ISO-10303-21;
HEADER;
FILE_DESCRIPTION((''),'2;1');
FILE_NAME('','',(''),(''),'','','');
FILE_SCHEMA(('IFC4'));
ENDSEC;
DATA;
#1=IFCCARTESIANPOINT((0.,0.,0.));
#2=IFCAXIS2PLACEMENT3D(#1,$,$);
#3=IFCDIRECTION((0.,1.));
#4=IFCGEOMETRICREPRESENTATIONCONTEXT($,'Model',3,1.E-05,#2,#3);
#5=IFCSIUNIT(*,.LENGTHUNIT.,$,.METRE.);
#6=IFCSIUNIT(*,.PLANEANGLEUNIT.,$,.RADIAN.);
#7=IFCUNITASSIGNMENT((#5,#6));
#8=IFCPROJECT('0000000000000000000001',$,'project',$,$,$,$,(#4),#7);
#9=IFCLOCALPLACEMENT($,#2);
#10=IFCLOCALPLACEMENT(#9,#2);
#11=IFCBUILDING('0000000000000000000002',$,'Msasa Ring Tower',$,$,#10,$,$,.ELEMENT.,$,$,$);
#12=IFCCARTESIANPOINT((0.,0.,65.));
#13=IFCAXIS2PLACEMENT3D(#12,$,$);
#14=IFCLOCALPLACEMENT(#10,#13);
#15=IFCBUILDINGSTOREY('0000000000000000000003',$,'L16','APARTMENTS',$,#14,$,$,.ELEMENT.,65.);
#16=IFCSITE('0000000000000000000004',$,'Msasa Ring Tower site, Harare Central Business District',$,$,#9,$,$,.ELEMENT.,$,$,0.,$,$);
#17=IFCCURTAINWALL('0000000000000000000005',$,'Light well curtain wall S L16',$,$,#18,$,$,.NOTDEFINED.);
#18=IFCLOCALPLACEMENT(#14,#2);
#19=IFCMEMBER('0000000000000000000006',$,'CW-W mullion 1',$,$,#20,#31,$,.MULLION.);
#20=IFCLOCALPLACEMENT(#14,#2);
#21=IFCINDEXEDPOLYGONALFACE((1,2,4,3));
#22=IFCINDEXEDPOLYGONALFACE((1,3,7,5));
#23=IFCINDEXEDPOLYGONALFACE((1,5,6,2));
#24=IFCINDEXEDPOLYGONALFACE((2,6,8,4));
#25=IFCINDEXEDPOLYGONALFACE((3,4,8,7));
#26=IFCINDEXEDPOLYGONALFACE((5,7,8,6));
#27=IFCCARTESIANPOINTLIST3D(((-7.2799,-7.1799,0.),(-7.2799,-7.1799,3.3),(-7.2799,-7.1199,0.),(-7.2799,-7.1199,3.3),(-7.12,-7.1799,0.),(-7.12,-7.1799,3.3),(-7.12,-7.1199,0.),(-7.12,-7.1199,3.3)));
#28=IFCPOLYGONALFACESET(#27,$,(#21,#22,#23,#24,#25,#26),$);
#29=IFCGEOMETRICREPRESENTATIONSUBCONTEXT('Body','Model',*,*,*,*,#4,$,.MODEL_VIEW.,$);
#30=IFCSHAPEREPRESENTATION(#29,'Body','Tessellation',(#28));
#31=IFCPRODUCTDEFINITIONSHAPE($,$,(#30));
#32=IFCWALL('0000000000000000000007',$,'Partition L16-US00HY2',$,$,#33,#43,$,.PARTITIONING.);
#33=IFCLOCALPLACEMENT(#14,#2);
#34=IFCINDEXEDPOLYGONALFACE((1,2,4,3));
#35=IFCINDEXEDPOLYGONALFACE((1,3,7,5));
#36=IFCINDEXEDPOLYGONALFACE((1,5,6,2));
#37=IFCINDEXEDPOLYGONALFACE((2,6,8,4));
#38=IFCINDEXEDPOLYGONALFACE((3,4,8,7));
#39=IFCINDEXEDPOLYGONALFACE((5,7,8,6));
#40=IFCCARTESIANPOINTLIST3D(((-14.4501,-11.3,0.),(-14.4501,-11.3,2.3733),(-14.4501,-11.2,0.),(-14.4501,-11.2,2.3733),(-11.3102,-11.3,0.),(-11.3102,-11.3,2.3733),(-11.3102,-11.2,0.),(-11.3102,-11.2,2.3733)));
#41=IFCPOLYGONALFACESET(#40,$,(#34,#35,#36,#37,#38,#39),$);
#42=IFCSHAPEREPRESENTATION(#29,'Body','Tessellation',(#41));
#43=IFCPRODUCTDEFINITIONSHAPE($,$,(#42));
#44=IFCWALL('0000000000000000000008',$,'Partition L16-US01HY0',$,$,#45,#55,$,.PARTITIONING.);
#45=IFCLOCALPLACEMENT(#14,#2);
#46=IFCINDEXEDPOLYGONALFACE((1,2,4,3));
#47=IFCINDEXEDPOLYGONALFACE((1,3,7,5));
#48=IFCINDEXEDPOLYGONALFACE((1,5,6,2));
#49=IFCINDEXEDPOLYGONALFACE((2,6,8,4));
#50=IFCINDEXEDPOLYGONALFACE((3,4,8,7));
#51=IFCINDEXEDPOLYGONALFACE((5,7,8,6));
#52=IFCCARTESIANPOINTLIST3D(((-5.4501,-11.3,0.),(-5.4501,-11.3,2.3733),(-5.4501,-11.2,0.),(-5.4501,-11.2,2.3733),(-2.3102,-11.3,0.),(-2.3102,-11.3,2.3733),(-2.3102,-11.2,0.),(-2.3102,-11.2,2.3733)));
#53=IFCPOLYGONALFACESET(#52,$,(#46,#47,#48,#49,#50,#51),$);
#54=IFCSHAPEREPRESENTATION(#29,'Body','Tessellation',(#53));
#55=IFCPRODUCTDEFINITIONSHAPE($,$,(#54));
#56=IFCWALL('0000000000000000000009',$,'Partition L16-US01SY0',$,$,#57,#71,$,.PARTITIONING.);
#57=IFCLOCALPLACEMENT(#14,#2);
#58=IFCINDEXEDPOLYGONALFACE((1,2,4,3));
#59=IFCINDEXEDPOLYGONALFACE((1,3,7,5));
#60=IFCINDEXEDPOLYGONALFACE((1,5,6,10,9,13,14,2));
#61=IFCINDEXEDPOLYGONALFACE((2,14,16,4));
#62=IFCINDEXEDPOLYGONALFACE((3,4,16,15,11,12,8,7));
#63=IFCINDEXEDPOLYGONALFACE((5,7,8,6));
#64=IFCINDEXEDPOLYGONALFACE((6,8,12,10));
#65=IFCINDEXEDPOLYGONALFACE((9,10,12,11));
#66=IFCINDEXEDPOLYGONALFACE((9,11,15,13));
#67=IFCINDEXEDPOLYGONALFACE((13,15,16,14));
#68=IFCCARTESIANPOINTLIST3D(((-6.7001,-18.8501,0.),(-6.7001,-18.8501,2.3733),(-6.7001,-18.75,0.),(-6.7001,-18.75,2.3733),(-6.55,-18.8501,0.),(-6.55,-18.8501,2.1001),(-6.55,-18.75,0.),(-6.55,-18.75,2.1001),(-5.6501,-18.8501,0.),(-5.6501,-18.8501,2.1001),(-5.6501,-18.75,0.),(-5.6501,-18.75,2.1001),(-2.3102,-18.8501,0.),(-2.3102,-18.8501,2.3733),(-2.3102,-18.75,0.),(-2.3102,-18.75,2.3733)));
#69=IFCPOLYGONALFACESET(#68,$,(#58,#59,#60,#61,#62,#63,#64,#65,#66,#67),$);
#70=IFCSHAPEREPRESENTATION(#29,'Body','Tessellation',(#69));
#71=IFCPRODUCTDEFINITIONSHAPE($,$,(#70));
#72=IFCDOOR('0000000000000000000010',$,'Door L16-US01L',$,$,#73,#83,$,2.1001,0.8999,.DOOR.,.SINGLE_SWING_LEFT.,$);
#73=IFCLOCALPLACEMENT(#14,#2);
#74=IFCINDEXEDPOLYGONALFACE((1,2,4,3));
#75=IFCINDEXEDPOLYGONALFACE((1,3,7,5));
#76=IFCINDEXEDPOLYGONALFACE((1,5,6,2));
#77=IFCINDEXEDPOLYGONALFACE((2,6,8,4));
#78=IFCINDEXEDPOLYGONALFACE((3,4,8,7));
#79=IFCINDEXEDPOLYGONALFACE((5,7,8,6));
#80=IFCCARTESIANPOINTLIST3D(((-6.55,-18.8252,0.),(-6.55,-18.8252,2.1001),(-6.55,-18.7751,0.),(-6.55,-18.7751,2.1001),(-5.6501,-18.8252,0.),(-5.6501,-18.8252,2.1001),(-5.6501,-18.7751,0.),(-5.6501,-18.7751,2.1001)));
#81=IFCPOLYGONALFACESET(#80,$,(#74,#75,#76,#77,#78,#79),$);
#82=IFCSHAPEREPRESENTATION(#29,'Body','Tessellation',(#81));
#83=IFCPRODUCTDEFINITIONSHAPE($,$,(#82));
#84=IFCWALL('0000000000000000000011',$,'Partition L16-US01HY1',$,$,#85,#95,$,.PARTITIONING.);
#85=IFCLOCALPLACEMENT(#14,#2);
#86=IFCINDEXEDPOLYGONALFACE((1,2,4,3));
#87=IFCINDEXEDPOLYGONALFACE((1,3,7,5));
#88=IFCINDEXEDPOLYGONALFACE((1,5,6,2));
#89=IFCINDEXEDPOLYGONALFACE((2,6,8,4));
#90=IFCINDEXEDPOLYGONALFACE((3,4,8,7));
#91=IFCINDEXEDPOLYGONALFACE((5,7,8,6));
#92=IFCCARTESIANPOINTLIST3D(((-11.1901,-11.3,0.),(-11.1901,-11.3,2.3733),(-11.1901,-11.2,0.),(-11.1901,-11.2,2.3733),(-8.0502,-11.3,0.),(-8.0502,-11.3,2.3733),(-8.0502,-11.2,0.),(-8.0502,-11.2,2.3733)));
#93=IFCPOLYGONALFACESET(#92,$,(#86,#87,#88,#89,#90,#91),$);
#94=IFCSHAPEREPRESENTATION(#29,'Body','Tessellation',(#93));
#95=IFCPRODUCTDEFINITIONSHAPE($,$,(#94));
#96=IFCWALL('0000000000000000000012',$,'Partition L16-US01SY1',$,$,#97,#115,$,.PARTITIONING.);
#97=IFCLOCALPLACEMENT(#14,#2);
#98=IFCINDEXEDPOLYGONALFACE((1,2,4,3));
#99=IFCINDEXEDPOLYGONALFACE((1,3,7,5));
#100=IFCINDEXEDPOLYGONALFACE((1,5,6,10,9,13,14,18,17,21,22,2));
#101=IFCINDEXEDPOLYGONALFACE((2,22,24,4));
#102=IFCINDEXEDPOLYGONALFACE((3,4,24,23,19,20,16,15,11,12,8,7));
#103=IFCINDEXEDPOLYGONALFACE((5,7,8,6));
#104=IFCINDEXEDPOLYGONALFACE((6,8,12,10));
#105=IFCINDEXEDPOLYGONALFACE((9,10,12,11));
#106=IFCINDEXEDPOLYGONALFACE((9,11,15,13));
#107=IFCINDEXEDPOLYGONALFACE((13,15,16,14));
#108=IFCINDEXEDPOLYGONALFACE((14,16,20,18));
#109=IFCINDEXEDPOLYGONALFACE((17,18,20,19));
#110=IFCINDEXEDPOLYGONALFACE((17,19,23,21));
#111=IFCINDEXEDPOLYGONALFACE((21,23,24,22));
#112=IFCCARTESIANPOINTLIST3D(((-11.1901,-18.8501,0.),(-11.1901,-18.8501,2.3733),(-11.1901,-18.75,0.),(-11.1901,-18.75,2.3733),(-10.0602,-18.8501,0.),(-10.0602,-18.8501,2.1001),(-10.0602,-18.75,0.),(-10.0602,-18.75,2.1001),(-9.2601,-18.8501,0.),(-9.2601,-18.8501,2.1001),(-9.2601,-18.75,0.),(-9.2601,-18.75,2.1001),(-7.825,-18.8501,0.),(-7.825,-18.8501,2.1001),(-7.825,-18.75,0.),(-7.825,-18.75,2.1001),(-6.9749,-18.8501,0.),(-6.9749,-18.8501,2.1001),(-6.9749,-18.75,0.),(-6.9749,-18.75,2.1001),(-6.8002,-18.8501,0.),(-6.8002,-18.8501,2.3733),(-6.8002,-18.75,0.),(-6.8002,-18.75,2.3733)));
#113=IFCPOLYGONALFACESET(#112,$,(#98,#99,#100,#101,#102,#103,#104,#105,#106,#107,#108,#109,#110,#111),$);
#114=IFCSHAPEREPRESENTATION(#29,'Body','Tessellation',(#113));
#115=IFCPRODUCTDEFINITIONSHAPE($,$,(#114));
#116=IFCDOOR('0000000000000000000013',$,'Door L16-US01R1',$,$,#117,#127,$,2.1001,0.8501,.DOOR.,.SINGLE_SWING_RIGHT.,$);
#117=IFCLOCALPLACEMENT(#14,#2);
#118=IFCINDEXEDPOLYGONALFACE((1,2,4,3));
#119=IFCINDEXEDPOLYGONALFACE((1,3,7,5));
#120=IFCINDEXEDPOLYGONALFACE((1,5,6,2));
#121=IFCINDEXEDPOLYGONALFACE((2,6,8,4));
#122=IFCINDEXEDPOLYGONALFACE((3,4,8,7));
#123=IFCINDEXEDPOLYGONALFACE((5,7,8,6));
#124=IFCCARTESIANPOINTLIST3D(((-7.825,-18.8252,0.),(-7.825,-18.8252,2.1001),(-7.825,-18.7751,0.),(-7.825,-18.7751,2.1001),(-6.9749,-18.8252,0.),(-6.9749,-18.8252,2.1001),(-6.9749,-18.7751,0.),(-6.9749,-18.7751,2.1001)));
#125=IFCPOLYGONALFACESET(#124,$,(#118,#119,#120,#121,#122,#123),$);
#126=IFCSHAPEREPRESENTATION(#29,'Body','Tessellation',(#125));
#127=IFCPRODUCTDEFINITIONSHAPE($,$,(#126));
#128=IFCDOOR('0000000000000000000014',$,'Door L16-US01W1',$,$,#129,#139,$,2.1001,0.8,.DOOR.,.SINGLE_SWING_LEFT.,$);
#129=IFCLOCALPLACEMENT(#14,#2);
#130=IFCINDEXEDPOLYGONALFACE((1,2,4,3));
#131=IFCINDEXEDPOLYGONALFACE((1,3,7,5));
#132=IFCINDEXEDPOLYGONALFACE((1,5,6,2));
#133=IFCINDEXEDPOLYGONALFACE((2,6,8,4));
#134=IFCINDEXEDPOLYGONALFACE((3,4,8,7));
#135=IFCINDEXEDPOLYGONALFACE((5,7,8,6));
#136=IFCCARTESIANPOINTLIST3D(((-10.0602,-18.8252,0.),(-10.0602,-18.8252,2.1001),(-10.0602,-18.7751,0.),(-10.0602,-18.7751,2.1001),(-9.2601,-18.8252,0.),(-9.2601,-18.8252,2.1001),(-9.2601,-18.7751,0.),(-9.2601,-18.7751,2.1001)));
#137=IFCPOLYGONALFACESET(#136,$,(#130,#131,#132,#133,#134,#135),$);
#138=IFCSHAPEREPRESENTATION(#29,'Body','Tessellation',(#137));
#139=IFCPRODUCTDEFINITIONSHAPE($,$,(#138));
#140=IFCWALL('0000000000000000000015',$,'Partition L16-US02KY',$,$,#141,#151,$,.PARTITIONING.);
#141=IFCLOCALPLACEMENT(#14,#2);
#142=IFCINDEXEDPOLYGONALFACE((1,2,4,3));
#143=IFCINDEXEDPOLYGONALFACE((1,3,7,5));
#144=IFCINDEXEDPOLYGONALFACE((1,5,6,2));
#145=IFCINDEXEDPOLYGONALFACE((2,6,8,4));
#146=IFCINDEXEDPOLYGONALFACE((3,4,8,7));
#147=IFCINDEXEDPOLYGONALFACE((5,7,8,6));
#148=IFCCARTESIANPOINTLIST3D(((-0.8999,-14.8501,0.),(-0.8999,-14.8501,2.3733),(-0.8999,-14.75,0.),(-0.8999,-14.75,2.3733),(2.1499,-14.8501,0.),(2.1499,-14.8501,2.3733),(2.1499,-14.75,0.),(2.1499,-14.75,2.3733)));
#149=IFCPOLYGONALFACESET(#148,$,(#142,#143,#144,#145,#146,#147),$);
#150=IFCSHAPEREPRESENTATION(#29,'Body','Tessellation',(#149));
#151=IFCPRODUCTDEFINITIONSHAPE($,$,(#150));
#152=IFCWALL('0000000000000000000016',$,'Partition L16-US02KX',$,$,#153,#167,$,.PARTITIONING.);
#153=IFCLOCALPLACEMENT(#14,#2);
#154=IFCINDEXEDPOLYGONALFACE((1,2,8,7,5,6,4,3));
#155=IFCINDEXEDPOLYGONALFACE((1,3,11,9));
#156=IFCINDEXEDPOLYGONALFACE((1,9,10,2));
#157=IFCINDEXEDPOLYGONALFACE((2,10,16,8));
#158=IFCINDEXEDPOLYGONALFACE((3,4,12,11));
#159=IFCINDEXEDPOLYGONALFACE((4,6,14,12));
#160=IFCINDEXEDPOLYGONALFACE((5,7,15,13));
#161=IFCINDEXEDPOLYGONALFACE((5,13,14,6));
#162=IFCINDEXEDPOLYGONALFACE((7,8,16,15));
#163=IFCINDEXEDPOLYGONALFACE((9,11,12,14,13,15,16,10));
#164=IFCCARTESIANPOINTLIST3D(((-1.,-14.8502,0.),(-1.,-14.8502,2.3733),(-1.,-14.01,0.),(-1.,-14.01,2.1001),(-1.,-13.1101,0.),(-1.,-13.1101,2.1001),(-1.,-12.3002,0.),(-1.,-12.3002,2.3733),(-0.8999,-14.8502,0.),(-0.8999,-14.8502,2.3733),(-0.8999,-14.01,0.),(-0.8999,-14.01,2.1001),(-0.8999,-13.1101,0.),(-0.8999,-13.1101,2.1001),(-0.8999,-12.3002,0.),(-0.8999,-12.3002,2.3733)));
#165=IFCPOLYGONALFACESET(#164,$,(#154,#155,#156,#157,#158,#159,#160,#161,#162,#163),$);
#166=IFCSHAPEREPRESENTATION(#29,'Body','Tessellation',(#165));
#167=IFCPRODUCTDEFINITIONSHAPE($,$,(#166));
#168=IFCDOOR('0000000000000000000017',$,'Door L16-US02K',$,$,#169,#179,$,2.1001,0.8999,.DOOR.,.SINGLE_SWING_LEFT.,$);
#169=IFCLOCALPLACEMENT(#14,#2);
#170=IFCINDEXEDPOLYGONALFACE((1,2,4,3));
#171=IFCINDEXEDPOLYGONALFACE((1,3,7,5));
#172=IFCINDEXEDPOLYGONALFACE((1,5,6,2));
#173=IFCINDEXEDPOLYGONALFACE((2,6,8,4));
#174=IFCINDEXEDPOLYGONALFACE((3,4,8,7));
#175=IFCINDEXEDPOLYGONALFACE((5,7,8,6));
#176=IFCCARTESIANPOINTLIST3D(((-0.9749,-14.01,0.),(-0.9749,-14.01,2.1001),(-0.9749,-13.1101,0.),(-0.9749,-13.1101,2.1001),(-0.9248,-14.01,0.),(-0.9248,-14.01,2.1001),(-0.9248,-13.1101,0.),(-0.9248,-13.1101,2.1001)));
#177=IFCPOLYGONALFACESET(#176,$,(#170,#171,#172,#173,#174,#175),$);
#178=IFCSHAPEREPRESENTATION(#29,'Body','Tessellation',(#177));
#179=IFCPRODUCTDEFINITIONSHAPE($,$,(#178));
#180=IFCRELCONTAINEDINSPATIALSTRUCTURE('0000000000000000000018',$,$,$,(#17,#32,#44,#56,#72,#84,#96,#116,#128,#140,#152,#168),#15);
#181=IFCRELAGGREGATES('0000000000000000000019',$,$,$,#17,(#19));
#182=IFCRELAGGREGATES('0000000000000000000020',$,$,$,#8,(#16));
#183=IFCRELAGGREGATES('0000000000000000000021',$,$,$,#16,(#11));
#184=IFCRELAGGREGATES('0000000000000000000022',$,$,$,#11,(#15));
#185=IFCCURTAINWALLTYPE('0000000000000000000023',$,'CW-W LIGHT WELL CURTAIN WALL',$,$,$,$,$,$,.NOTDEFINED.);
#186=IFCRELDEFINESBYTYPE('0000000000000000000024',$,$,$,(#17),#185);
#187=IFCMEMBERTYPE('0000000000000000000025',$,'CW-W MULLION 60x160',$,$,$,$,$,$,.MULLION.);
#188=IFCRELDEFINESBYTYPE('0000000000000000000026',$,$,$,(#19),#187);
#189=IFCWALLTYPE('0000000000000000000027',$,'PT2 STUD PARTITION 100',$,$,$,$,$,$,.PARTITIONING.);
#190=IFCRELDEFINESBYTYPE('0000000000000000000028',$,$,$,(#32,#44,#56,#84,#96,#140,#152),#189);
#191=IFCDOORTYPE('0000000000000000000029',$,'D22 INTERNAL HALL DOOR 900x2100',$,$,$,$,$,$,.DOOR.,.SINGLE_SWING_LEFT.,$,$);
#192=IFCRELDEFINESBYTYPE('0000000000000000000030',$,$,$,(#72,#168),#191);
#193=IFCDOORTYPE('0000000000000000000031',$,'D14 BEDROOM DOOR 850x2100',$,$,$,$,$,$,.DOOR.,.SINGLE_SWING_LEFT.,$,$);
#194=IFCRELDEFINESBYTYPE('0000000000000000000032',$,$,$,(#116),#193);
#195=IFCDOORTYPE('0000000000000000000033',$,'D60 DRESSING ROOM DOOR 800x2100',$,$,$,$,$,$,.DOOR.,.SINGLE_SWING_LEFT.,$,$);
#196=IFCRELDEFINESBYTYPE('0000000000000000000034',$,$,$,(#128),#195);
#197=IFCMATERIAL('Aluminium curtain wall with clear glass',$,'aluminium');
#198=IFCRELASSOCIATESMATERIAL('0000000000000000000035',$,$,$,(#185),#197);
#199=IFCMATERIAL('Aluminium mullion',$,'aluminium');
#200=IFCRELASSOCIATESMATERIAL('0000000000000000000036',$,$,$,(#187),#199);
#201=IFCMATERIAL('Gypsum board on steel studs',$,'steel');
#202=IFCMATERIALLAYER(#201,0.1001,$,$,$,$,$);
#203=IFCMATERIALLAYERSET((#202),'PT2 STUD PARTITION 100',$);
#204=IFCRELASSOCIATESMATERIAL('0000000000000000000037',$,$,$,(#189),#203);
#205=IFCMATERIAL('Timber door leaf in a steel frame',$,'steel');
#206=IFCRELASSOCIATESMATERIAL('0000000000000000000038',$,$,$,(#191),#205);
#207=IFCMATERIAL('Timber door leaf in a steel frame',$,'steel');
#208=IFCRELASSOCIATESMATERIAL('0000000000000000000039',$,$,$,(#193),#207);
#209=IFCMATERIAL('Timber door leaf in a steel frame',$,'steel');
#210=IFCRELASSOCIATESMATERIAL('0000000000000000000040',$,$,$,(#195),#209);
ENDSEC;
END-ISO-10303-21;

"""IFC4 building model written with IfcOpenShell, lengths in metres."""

from ifc_helpers import new_model, si_unit, direction, frame, frame_2d, origin, origin_2d, place, context, subcontext, project, spatial, rectangle, extrude, material, layer, layer_set, material_profile, profile_set, type_object, element, fill, aggregate, save


model = new_model("IFC4")

# Units and contexts
model_context = context("Model", 3, precision=1e-05, world=origin(), true_north=direction((0.0, 1.0)))
body_context = subcontext(model_context, "Body", "Model", "MODEL_VIEW")
ifc_project = project(units=[si_unit("LENGTHUNIT", "METRE"), si_unit("PLANEANGLEUNIT", "RADIAN")], contexts=[model_context])

# Site, building, storey
site_placement = place(None, origin())
site = spatial("IfcSite", under=ifc_project, at=site_placement, Name="Msasa Ring Tower site, Harare Central Business District", CompositionType="ELEMENT", RefElevation=0.0)
building_placement = place(site_placement, origin())
building = spatial("IfcBuilding", under=site, at=building_placement, Name="Msasa Ring Tower", CompositionType="ELEMENT")
storey_placement = place(building_placement, frame((0.0, 0.0, 65.0)))
storey = spatial("IfcBuildingStorey", under=building, at=storey_placement, Name="L16", Description="APARTMENTS", CompositionType="ELEMENT", Elevation=65.0)

# Curtain wall, member
ifc_material_1 = material(Name="Aluminium curtain wall with clear glass", Category="aluminium")
curtain_wall_type = type_object("IfcCurtainWallType", Name="CW-W LIGHT WELL CURTAIN WALL", PredefinedType="NOTDEFINED", material=ifc_material_1)
curtain_wall_placement = place(storey_placement, origin())
curtain_wall = element("IfcCurtainWall", 1, at=curtain_wall_placement, inside=storey, type_object=curtain_wall_type, Name="Light well curtain wall S L16", PredefinedType="NOTDEFINED")
ifc_material_2 = material(Name="Aluminium mullion", Category="aluminium")
ifc_material_profile = material_profile(ifc_material_2, rectangle(XDim=0.0601, YDim=0.1599, at=origin_2d()), Name="AL 60x160")
ifc_profile_set = profile_set([ifc_material_profile], Name="Aluminium mullion")
member_type = type_object("IfcMemberType", Name="CW-W MULLION 60x160", PredefinedType="MULLION", material=ifc_profile_set)
member_placement = place(storey_placement, frame((-7.2, -7.1499, 0.0), z_axis=(0.0, 0.0, 1.0), x_axis=(0.0, 1.0, 0.0)))
member = element("IfcMember", 2, at=member_placement, type_object=member_type, Name="CW-W mullion 1", PredefinedType="MULLION", context=body_context, shape_type="SweptSolid", body=[
    extrude(rectangle(XDim=0.0601, YDim=0.1599, at=origin_2d()), origin(), (0.0, 0.0, 1.0), 3.3),
])
aggregate(curtain_wall, [member])

# Walls
ifc_material_3 = material(Name="Gypsum board on steel studs", Category="steel")
ifc_layer_1 = layer(ifc_material_3, 0.1001)
ifc_layer_set_1 = layer_set([ifc_layer_1], Name="PT2 STUD PARTITION 100")
wall_type_1 = type_object("IfcWallType", Name="PT2 STUD PARTITION 100", PredefinedType="PARTITIONING", material=ifc_layer_set_1)
for number, where, z_axis, x_axis, name in (
    (3, (-14.45, -11.25, 0.0), (0.0, 0.0, 1.0), (1.0, 0.0, 0.0), "Partition L16-US00HY2"),
    (4, (-5.45, -11.25, 0.0), (0.0, 0.0, 1.0), (1.0, 0.0, 0.0), "Partition L16-US01HY0"),
):
    element("IfcWall", number, at=place(storey_placement, frame(where, z_axis=z_axis, x_axis=x_axis)), inside=storey, type_object=wall_type_1, Name=name, PredefinedType="PARTITIONING", context=body_context, shape_type="SweptSolid", body=[
        extrude(rectangle(XDim=3.1399, YDim=0.1001, at=frame_2d((1.5698, 0.0))), origin(), (0.0, 0.0, 1.0), 2.3733),
    ])

# Wall, opening, door
wall_1_placement = place(storey_placement, frame((-6.7, -18.8, 0.0), z_axis=(0.0, 0.0, 1.0), x_axis=(1.0, 0.0, 0.0)))
wall_1 = element("IfcWall", 5, at=wall_1_placement, inside=storey, type_object=wall_type_1, Name="Partition L16-US01SY0", PredefinedType="PARTITIONING", context=body_context, shape_type="SweptSolid", body=[
    extrude(rectangle(XDim=4.3899, YDim=0.1001, at=frame_2d((2.1948, 0.0))), origin(), (0.0, 0.0, 1.0), 2.3733),
])
opening_1_placement = place(wall_1_placement, frame((0.1499, 0.0, 0.0)))
opening_1 = element("IfcOpeningElement", 6, at=opening_1_placement, cuts=wall_1, PredefinedType="OPENING", context=body_context, shape_type="SweptSolid", body=[
    extrude(rectangle(XDim=0.8999, YDim=2.1001, at=frame_2d((0.45, 1.05))), frame((0.0, 0.0601, 0.0), z_axis=(0.0, -1.0, 0.0), x_axis=(1.0, 0.0, 0.0)), (0.0, 0.0, 1.0), 0.1201),
])
ifc_material_4 = material(Name="Timber door leaf in a steel frame", Category="steel")
door_type_1 = type_object("IfcDoorType", Name="D22 INTERNAL HALL DOOR 900x2100", OperationType="SINGLE_SWING_LEFT", PredefinedType="DOOR", material=ifc_material_4)
door_1_placement = place(opening_1_placement, origin())
door_1 = element("IfcDoor", 7, at=door_1_placement, inside=storey, type_object=door_type_1, Name="Door L16-US01L", OperationType="SINGLE_SWING_LEFT", OverallHeight=2.1001, OverallWidth=0.8999, PredefinedType="DOOR", context=body_context, shape_type="SweptSolid", body=[
    extrude(rectangle(XDim=0.8999, YDim=2.1001, at=frame_2d((0.45, 1.05))), frame((0.0, 0.0249, 0.0), z_axis=(0.0, -1.0, 0.0), x_axis=(1.0, 0.0, 0.0)), (0.0, 0.0, 1.0), 0.05),
])
fill(opening_1, door_1)

# Wall
wall_2_placement = place(storey_placement, frame((-11.1899, -11.25, 0.0), z_axis=(0.0, 0.0, 1.0), x_axis=(1.0, 0.0, 0.0)))
element("IfcWall", 8, at=wall_2_placement, inside=storey, type_object=wall_type_1, Name="Partition L16-US01HY1", PredefinedType="PARTITIONING", context=body_context, shape_type="SweptSolid", body=[
    extrude(rectangle(XDim=3.1399, YDim=0.1001, at=frame_2d((1.5698, 0.0))), origin(), (0.0, 0.0, 1.0), 2.3733),
])

# Wall, openings, doors
wall_3_placement = place(storey_placement, frame((-11.1899, -18.8, 0.0), z_axis=(0.0, 0.0, 1.0), x_axis=(1.0, 0.0, 0.0)))
wall_3 = element("IfcWall", 9, at=wall_3_placement, inside=storey, type_object=wall_type_1, Name="Partition L16-US01SY1", PredefinedType="PARTITIONING", context=body_context, shape_type="SweptSolid", body=[
    extrude(rectangle(XDim=4.3899, YDim=0.1001, at=frame_2d((2.1948, 0.0))), origin(), (0.0, 0.0, 1.0), 2.3733),
])
opening_2_placement = place(wall_3_placement, frame((3.365, 0.0, 0.0)))
opening_2 = element("IfcOpeningElement", 10, at=opening_2_placement, cuts=wall_3, PredefinedType="OPENING", context=body_context, shape_type="SweptSolid", body=[
    extrude(rectangle(XDim=0.8501, YDim=2.1001, at=frame_2d((0.425, 1.05))), frame((0.0, 0.0601, 0.0), z_axis=(0.0, -1.0, 0.0), x_axis=(1.0, 0.0, 0.0)), (0.0, 0.0, 1.0), 0.1201),
])
opening_3_placement = place(wall_3_placement, frame((1.1299, 0.0, 0.0)))
opening_3 = element("IfcOpeningElement", 11, at=opening_3_placement, cuts=wall_3, PredefinedType="OPENING", context=body_context, shape_type="SweptSolid", body=[
    extrude(rectangle(XDim=0.8, YDim=2.1001, at=frame_2d((0.3999, 1.05))), frame((0.0, 0.0601, 0.0), z_axis=(0.0, -1.0, 0.0), x_axis=(1.0, 0.0, 0.0)), (0.0, 0.0, 1.0), 0.1201),
])
ifc_material_5 = material(Name="Timber door leaf in a steel frame", Category="steel")
door_type_2 = type_object("IfcDoorType", Name="D14 BEDROOM DOOR 850x2100", OperationType="SINGLE_SWING_LEFT", PredefinedType="DOOR", material=ifc_material_5)
door_2_placement = place(opening_2_placement, origin())
door_2 = element("IfcDoor", 12, at=door_2_placement, inside=storey, type_object=door_type_2, Name="Door L16-US01R1", OperationType="SINGLE_SWING_RIGHT", OverallHeight=2.1001, OverallWidth=0.8501, PredefinedType="DOOR", context=body_context, shape_type="SweptSolid", body=[
    extrude(rectangle(XDim=0.8501, YDim=2.1001, at=frame_2d((0.425, 1.05))), frame((0.0, 0.0249, 0.0), z_axis=(0.0, -1.0, 0.0), x_axis=(1.0, 0.0, 0.0)), (0.0, 0.0, 1.0), 0.05),
])
fill(opening_2, door_2)
ifc_material_6 = material(Name="Timber door leaf in a steel frame", Category="steel")
door_type_3 = type_object("IfcDoorType", Name="D60 DRESSING ROOM DOOR 800x2100", OperationType="SINGLE_SWING_LEFT", PredefinedType="DOOR", material=ifc_material_6)
door_3_placement = place(opening_3_placement, origin())
door_3 = element("IfcDoor", 13, at=door_3_placement, inside=storey, type_object=door_type_3, Name="Door L16-US01W1", OperationType="SINGLE_SWING_LEFT", OverallHeight=2.1001, OverallWidth=0.8, PredefinedType="DOOR", context=body_context, shape_type="SweptSolid", body=[
    extrude(rectangle(XDim=0.8, YDim=2.1001, at=frame_2d((0.3999, 1.05))), frame((0.0, 0.0249, 0.0), z_axis=(0.0, -1.0, 0.0), x_axis=(1.0, 0.0, 0.0)), (0.0, 0.0, 1.0), 0.05),
])
fill(opening_3, door_3)

# Wall
wall_4_placement = place(storey_placement, frame((-0.8999, -14.8, 0.0), z_axis=(0.0, 0.0, 1.0), x_axis=(1.0, 0.0, 0.0)))
element("IfcWall", 14, at=wall_4_placement, inside=storey, type_object=wall_type_1, Name="Partition L16-US02KY", PredefinedType="PARTITIONING", context=body_context, shape_type="SweptSolid", body=[
    extrude(rectangle(XDim=3.0498, YDim=0.1001, at=frame_2d((1.5249, 0.0))), origin(), (0.0, 0.0, 1.0), 2.3733),
])

# Wall, opening, door
wall_5_placement = place(storey_placement, frame((-0.95, -14.8501, 0.0), z_axis=(0.0, 0.0, 1.0), x_axis=(0.0, 1.0, 0.0)))
wall_5 = element("IfcWall", 15, at=wall_5_placement, inside=storey, type_object=wall_type_1, Name="Partition L16-US02KX", PredefinedType="PARTITIONING", context=body_context, shape_type="SweptSolid", body=[
    extrude(rectangle(XDim=2.55, YDim=0.1001, at=frame_2d((1.2749, 0.0))), origin(), (0.0, 0.0, 1.0), 2.3733),
])
opening_4_placement = place(wall_5_placement, frame((0.8401, 0.0, 0.0)))
opening_4 = element("IfcOpeningElement", 16, at=opening_4_placement, cuts=wall_5, PredefinedType="OPENING", context=body_context, shape_type="SweptSolid", body=[
    extrude(rectangle(XDim=0.8999, YDim=2.1001, at=frame_2d((0.45, 1.05))), frame((0.0, 0.0601, 0.0), z_axis=(0.0, -1.0, 0.0), x_axis=(1.0, 0.0, 0.0)), (0.0, 0.0, 1.0), 0.1201),
])
door_4_placement = place(opening_4_placement, origin())
door_4 = element("IfcDoor", 17, at=door_4_placement, inside=storey, type_object=door_type_1, Name="Door L16-US02K", OperationType="SINGLE_SWING_LEFT", OverallHeight=2.1001, OverallWidth=0.8999, PredefinedType="DOOR", context=body_context, shape_type="SweptSolid", body=[
    extrude(rectangle(XDim=0.8999, YDim=2.1001, at=frame_2d((0.45, 1.05))), frame((0.0, 0.0249, 0.0), z_axis=(0.0, -1.0, 0.0), x_axis=(1.0, 0.0, 0.0)), (0.0, 0.0, 1.0), 0.05),
])
fill(opening_4, door_4)

save(model, "model.ifc")
